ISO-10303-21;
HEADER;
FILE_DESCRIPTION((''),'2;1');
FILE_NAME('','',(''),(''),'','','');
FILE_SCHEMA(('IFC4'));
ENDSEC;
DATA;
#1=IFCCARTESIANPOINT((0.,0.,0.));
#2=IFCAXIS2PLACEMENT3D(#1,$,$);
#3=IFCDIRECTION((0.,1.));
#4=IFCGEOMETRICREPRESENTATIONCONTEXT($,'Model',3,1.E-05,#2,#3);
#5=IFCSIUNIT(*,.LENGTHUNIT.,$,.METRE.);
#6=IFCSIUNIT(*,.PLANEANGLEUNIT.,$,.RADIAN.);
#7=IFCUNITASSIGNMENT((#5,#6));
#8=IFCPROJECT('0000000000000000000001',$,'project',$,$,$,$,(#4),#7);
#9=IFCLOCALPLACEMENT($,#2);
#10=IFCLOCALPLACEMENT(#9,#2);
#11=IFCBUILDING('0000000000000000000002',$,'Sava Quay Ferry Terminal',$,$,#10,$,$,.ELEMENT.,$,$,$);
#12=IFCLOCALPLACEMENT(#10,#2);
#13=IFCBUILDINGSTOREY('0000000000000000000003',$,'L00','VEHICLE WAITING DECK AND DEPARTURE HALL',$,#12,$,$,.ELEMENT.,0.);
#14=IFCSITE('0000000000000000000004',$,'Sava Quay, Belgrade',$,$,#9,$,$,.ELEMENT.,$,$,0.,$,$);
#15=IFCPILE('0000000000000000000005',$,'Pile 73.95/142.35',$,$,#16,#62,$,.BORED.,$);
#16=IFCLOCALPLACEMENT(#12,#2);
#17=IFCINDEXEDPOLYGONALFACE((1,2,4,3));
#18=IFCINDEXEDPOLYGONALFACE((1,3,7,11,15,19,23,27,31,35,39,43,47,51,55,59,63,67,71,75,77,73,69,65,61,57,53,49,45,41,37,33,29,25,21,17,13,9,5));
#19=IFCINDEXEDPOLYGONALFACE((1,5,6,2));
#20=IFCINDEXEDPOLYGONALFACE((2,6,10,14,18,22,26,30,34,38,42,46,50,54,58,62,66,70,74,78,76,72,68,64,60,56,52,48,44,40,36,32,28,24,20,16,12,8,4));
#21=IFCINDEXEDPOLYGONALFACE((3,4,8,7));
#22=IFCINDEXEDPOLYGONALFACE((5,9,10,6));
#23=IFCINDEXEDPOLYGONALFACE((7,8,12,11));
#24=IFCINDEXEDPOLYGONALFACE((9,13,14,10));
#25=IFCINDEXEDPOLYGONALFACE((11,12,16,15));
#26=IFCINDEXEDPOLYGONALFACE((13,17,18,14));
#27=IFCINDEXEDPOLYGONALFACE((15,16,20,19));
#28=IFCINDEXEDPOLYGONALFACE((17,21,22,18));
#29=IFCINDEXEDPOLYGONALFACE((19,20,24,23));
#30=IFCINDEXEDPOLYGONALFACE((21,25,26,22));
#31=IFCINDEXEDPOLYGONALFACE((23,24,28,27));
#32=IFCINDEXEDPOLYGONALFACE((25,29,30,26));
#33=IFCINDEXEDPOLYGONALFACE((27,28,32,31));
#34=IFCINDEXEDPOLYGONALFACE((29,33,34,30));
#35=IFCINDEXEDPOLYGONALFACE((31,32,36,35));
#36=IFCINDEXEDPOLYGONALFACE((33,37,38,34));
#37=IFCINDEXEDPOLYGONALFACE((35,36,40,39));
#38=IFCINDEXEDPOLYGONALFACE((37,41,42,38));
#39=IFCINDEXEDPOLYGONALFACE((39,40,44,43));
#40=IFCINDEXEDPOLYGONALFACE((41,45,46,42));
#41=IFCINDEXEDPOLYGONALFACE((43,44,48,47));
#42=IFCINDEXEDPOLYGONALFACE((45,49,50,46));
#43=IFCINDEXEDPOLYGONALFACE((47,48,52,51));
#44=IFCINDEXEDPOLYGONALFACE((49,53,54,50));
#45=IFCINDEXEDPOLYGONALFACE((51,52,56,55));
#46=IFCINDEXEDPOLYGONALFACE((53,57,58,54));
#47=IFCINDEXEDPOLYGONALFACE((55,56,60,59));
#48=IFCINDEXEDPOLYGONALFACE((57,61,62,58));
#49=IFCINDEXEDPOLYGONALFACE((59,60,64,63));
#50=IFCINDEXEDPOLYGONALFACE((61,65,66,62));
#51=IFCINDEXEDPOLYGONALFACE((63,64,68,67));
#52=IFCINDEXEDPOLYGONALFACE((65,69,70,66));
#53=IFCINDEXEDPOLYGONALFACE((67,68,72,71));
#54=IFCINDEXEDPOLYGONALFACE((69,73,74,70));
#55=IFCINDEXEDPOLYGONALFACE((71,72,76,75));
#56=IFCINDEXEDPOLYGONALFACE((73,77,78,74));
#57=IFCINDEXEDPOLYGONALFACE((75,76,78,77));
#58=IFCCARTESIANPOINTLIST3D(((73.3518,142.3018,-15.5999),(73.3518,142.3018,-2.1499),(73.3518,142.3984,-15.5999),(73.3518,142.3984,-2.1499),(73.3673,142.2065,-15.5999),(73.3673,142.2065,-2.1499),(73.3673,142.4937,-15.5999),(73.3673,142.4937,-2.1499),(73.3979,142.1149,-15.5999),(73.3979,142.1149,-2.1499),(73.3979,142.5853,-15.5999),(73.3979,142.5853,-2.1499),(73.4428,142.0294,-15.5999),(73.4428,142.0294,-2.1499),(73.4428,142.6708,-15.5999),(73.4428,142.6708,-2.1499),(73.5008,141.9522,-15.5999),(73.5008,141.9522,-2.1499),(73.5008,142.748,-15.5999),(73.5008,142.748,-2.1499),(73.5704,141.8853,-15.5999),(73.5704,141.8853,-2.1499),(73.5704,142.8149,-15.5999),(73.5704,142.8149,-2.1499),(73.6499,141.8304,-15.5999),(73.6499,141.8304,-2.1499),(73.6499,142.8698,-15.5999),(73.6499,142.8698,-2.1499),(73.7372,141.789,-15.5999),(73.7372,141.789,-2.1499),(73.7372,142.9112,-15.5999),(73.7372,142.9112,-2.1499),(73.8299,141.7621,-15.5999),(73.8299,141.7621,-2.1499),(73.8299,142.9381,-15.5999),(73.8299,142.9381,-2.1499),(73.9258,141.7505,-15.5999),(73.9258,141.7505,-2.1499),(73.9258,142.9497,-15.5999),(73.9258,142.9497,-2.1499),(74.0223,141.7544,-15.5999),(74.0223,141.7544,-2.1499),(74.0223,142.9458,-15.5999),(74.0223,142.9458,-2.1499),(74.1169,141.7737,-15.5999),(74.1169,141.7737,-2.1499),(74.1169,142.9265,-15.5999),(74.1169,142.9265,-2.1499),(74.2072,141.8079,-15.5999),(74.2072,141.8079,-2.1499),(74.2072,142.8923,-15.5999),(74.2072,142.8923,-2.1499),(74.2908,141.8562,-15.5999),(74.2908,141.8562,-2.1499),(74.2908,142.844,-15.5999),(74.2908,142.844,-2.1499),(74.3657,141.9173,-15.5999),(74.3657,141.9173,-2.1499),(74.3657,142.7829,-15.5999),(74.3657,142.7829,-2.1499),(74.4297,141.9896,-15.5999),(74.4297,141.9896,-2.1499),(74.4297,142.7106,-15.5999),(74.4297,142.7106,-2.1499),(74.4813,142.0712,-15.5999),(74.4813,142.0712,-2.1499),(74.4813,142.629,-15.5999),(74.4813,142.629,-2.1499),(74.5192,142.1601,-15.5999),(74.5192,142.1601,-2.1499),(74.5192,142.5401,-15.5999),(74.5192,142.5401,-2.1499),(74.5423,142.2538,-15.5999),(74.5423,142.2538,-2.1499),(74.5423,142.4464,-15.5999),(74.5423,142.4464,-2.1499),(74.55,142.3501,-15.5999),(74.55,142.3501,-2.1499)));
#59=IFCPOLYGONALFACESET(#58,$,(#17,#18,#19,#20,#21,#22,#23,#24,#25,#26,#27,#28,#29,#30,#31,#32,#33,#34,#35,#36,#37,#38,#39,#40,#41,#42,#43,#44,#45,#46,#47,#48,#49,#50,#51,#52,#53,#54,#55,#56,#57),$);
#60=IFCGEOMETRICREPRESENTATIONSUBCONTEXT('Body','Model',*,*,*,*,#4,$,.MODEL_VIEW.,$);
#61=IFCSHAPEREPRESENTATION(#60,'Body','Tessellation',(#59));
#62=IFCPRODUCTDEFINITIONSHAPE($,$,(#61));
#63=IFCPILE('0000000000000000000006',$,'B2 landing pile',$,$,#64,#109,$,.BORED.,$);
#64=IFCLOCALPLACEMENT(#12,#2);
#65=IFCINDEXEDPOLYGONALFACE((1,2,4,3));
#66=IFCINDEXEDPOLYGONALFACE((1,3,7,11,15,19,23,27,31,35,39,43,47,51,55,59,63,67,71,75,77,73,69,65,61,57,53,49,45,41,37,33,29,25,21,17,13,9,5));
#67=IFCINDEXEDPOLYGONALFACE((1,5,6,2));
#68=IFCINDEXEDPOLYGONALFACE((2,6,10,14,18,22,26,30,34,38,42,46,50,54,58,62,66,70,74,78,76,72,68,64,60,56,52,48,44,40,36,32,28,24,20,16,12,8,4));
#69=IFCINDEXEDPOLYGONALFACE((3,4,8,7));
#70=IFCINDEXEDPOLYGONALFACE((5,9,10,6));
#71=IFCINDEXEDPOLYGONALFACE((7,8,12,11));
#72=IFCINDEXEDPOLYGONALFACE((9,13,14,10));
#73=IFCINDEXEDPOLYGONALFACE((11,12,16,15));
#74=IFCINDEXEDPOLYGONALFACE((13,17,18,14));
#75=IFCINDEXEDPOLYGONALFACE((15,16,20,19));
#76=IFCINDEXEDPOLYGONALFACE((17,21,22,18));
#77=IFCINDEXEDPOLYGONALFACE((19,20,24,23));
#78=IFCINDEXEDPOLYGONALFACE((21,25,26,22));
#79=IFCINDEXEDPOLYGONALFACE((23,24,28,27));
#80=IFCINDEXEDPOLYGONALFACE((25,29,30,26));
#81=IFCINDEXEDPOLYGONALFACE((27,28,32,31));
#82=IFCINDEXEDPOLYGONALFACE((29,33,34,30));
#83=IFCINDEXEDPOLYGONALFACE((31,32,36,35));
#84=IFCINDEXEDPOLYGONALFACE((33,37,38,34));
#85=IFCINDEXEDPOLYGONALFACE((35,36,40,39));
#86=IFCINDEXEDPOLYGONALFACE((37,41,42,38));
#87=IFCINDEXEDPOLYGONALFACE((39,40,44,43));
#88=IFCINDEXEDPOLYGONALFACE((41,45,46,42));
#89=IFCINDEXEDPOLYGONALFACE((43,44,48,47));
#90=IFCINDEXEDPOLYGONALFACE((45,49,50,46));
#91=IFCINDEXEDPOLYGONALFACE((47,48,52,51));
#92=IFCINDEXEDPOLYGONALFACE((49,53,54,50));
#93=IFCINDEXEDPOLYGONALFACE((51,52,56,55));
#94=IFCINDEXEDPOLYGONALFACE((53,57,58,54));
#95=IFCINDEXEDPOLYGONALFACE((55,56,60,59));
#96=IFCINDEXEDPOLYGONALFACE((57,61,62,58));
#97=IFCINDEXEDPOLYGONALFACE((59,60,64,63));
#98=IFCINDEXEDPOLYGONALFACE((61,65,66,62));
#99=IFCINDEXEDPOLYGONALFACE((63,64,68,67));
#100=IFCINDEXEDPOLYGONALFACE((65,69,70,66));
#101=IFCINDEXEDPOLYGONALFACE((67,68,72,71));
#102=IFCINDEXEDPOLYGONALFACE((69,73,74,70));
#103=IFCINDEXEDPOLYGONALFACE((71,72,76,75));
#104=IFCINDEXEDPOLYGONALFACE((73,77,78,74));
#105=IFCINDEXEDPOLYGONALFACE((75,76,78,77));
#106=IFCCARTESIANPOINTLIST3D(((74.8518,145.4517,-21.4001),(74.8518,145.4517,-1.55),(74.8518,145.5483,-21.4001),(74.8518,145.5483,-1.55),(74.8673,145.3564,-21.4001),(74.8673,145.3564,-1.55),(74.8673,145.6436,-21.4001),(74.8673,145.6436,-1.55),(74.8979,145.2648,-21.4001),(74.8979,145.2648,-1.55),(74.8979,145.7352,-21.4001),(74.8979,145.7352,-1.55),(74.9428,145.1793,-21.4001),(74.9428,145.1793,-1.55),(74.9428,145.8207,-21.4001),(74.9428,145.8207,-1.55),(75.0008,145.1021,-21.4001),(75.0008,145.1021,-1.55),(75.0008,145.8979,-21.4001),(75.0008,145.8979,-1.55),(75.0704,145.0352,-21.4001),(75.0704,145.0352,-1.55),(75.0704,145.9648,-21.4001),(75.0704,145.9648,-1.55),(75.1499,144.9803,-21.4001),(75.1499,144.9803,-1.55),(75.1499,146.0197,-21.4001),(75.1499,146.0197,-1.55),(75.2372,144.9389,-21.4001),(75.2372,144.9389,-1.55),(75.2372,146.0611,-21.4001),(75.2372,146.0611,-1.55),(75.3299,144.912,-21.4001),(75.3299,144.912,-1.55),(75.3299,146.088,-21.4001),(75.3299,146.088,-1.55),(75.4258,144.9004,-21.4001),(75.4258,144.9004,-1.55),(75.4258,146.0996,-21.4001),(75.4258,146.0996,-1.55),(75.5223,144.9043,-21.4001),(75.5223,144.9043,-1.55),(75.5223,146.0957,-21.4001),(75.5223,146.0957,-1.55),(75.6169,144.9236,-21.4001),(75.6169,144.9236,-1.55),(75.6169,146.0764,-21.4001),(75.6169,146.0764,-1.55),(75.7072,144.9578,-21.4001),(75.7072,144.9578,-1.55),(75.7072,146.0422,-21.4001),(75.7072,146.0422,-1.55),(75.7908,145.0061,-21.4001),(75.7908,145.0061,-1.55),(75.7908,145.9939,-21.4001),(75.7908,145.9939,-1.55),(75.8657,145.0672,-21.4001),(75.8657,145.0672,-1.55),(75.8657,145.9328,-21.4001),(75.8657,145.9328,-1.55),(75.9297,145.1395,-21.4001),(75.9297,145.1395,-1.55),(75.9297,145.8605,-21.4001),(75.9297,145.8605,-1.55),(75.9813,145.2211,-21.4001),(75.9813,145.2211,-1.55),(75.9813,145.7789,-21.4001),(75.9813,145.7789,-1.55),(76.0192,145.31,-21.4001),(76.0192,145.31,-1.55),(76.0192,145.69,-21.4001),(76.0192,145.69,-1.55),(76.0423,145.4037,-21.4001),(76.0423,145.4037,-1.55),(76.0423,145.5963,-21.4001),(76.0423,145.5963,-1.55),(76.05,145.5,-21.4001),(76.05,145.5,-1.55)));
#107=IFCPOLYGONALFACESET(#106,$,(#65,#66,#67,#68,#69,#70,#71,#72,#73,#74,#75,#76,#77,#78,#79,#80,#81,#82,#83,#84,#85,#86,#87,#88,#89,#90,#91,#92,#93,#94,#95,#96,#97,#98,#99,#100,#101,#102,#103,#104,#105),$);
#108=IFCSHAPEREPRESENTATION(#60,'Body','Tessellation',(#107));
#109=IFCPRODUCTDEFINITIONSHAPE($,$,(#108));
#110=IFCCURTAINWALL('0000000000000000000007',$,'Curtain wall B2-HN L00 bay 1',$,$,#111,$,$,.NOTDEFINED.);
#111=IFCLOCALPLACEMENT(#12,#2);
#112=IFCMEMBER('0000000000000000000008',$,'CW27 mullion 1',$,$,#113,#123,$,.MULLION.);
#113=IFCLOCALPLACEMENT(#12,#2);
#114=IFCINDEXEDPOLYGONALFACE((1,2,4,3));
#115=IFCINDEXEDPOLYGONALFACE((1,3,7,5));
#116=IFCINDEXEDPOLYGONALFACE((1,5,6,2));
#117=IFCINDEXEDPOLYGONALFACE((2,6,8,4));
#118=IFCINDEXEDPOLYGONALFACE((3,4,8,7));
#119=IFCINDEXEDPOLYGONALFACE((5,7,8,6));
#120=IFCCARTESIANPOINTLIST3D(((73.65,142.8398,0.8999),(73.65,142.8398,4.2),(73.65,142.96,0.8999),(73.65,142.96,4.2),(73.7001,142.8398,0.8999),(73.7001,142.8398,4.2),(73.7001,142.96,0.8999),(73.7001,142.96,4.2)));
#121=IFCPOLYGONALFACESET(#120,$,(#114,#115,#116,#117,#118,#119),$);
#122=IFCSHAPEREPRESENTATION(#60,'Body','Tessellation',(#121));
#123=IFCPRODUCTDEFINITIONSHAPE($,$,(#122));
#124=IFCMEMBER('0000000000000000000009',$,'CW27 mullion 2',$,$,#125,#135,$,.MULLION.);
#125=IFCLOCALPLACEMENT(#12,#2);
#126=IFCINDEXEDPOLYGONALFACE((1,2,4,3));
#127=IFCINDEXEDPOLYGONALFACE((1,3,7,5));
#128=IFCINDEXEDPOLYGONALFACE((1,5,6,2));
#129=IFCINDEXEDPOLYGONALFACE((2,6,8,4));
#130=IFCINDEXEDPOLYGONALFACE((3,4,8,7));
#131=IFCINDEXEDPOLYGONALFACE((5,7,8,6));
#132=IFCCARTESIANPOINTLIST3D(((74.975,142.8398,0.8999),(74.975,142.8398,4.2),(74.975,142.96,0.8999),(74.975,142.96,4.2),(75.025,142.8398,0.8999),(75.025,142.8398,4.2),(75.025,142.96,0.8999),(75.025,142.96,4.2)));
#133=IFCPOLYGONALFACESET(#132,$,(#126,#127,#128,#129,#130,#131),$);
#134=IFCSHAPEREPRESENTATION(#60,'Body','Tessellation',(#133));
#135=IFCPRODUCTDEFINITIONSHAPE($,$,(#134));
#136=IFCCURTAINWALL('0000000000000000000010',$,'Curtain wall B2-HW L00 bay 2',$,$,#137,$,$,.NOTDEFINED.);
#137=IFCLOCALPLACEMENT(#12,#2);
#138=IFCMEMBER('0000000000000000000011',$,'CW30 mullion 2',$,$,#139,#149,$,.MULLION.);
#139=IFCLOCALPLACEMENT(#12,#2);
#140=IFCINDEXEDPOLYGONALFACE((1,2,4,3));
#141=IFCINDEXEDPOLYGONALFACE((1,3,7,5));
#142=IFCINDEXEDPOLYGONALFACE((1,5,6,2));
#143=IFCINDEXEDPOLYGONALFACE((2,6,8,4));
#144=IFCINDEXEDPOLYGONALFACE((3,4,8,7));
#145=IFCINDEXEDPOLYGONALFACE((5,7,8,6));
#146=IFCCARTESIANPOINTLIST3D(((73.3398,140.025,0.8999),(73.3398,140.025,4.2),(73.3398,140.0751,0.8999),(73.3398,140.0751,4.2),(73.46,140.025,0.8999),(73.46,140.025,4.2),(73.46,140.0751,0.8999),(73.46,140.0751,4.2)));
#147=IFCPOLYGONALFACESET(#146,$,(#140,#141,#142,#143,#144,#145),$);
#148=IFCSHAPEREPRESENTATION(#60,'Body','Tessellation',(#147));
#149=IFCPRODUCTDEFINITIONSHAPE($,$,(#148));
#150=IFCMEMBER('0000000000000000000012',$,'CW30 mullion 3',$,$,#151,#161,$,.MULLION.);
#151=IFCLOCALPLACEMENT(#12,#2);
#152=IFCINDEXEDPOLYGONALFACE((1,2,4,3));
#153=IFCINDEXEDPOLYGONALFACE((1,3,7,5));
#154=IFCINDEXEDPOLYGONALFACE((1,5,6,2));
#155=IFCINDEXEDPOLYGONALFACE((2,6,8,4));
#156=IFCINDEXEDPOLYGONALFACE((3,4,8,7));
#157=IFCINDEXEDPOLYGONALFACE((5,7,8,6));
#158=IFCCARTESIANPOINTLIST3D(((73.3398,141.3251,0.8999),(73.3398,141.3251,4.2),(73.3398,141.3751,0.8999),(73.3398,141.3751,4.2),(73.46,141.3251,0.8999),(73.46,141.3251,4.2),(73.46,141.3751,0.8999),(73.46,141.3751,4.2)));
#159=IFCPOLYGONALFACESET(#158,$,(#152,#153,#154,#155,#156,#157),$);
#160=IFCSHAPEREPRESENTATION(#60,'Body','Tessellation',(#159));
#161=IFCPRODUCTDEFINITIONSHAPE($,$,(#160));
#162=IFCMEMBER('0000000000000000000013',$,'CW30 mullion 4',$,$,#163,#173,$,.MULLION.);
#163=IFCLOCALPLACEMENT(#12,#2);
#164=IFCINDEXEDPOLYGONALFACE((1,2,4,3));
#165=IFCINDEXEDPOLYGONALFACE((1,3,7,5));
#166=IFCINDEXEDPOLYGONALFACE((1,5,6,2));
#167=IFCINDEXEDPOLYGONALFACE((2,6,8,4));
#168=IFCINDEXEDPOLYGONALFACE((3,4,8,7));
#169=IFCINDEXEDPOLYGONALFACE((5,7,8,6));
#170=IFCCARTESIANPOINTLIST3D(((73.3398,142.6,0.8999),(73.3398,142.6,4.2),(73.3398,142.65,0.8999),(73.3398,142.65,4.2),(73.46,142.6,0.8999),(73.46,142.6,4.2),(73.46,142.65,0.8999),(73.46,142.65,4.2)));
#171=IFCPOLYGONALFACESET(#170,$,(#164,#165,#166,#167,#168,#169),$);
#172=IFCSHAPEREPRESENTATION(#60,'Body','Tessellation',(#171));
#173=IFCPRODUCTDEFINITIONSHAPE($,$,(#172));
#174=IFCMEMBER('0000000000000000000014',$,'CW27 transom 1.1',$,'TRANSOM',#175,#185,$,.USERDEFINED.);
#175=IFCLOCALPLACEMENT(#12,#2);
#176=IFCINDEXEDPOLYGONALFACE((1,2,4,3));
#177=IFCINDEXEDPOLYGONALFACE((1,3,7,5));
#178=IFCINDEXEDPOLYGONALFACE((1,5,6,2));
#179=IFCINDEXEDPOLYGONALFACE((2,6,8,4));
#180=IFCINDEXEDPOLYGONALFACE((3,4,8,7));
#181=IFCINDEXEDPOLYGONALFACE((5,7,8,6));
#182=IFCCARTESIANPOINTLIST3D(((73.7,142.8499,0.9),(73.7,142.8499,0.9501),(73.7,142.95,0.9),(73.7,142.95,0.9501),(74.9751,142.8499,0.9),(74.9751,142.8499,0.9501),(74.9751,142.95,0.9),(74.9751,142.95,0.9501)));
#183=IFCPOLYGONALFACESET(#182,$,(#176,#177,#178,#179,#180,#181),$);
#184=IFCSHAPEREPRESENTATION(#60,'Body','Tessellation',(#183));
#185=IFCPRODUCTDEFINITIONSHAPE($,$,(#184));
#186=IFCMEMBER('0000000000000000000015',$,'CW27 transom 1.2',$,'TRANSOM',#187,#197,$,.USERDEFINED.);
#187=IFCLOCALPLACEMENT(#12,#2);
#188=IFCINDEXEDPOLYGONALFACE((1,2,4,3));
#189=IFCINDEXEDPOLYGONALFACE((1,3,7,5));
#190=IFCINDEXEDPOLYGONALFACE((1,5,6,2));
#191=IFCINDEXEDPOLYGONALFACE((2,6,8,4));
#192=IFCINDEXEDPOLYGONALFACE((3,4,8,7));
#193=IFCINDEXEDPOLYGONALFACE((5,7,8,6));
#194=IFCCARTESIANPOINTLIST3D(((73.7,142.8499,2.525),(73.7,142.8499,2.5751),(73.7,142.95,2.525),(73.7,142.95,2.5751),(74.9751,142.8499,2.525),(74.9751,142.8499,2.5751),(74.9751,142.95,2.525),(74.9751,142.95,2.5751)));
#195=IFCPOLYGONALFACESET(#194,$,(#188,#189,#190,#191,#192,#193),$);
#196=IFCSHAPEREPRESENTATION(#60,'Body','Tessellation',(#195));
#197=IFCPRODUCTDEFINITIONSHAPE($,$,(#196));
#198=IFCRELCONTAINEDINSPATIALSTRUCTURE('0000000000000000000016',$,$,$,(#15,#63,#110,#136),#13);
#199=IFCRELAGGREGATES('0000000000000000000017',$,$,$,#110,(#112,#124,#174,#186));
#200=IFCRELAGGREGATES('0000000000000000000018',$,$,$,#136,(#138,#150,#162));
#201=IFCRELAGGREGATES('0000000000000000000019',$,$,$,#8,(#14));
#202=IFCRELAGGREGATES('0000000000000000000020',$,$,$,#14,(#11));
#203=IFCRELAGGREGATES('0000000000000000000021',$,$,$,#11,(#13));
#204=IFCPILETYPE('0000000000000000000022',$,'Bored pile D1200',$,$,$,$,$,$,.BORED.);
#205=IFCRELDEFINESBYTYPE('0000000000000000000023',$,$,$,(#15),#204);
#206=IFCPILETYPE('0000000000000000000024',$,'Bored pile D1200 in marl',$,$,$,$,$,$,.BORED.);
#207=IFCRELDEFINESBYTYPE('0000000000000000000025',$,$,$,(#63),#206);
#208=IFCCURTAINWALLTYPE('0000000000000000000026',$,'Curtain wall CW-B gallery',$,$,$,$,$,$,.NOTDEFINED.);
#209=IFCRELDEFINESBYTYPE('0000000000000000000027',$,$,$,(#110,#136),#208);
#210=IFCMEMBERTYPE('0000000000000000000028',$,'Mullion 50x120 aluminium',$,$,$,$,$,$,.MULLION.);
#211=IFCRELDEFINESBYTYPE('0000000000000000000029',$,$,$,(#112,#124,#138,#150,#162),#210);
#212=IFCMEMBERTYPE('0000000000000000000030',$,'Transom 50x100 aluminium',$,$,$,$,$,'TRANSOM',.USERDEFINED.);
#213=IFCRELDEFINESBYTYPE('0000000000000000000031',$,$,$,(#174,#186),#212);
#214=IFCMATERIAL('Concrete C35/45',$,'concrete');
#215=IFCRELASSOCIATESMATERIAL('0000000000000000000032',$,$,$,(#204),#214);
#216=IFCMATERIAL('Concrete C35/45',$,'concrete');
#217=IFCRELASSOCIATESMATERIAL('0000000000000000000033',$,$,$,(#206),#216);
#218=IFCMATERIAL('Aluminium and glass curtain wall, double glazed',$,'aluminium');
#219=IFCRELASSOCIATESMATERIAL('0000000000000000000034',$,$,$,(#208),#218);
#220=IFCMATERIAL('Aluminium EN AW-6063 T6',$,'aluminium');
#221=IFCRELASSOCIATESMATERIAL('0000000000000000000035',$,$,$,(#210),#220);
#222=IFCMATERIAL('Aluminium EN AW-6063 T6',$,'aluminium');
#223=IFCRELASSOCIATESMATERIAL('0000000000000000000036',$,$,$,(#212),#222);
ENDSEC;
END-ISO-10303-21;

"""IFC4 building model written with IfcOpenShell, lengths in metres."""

from ifc_helpers import new_model, si_unit, direction, frame, origin, origin_2d, place, context, subcontext, project, spatial, rectangle, circle, extrude, material, material_profile, profile_set, type_object, element, aggregate, save


model = new_model("IFC4")

# Units and contexts
model_context = context("Model", 3, precision=1e-05, world=origin(), true_north=direction((0.0, 1.0)))
body_context = subcontext(model_context, "Body", "Model", "MODEL_VIEW")
ifc_project = project(units=[si_unit("LENGTHUNIT", "METRE"), si_unit("PLANEANGLEUNIT", "RADIAN")], contexts=[model_context])

# Site, building, storey
site_placement = place(None, origin())
site = spatial("IfcSite", under=ifc_project, at=site_placement, Name="Sava Quay, Belgrade", CompositionType="ELEMENT", RefElevation=0.0)
building_placement = place(site_placement, origin())
building = spatial("IfcBuilding", under=site, at=building_placement, Name="Sava Quay Ferry Terminal", CompositionType="ELEMENT")
storey_placement = place(building_placement, origin())
storey = spatial("IfcBuildingStorey", under=building, at=storey_placement, Name="L00", Description="VEHICLE WAITING DECK AND DEPARTURE HALL", CompositionType="ELEMENT", Elevation=0.0)

# Piles
ifc_material_1 = material(Name="Concrete C35/45", Category="concrete")
ifc_material_profile_1 = material_profile(ifc_material_1, circle(Radius=0.6001, at=origin_2d()), Name="Bored pile D1200")
ifc_profile_set_1 = profile_set([ifc_material_profile_1], Name="Concrete C35/45")
pile_type_1 = type_object("IfcPileType", Name="Bored pile D1200", PredefinedType="BORED", material=ifc_profile_set_1)
pile_1_placement = place(storey_placement, frame((73.95, 142.3501, -2.1499), z_axis=(0.0, 0.0, -1.0), x_axis=(1.0, 0.0, 0.0)))
element("IfcPile", 1, at=pile_1_placement, inside=storey, type_object=pile_type_1, Name="Pile 73.95/142.35", PredefinedType="BORED", context=body_context, shape_type="SweptSolid", body=[
    extrude(circle(Radius=0.6001, at=origin_2d()), origin(), (0.0, 0.0, 1.0), 13.45),
])
ifc_material_2 = material(Name="Concrete C35/45", Category="concrete")
ifc_material_profile_2 = material_profile(ifc_material_2, circle(Radius=0.6001, at=origin_2d()), Name="Bored pile D1200 in marl")
ifc_profile_set_2 = profile_set([ifc_material_profile_2], Name="Concrete C35/45")
pile_type_2 = type_object("IfcPileType", Name="Bored pile D1200 in marl", PredefinedType="BORED", material=ifc_profile_set_2)
pile_2_placement = place(storey_placement, frame((75.45, 145.5, -1.55), z_axis=(0.0, 0.0, -1.0), x_axis=(1.0, 0.0, 0.0)))
element("IfcPile", 2, at=pile_2_placement, inside=storey, type_object=pile_type_2, Name="B2 landing pile", PredefinedType="BORED", context=body_context, shape_type="SweptSolid", body=[
    extrude(circle(Radius=0.6001, at=origin_2d()), origin(), (0.0, 0.0, 1.0), 19.8501),
])

# Curtain walls, members
ifc_material_3 = material(Name="Aluminium and glass curtain wall, double glazed", Category="aluminium")
curtain_wall_type = type_object("IfcCurtainWallType", Name="Curtain wall CW-B gallery", PredefinedType="NOTDEFINED", material=ifc_material_3)
curtain_wall_1_placement = place(storey_placement, origin())
curtain_wall_1 = element("IfcCurtainWall", 3, at=curtain_wall_1_placement, inside=storey, type_object=curtain_wall_type, Name="Curtain wall B2-HN L00 bay 1", PredefinedType="NOTDEFINED")
ifc_material_4 = material(Name="Aluminium EN AW-6063 T6", Category="aluminium")
ifc_material_profile_3 = material_profile(ifc_material_4, rectangle(XDim=0.1201, YDim=0.05, at=origin_2d()), Name="Mullion 50x120 aluminium")
ifc_profile_set_3 = profile_set([ifc_material_profile_3], Name="Aluminium EN AW-6063 T6")
member_type_1 = type_object("IfcMemberType", Name="Mullion 50x120 aluminium", PredefinedType="MULLION", material=ifc_profile_set_3)
member_1_placement = place(storey_placement, frame((73.675, 142.8999, 0.8999), z_axis=(0.0, 0.0, 1.0), x_axis=(0.0, 1.0, 0.0)))
member_1 = element("IfcMember", 4, at=member_1_placement, type_object=member_type_1, Name="CW27 mullion 1", PredefinedType="MULLION", context=body_context, shape_type="SweptSolid", body=[
    extrude(rectangle(XDim=0.1201, YDim=0.05, at=origin_2d()), origin(), (0.0, 0.0, 1.0), 3.3),
])
member_2_placement = place(storey_placement, frame((75.0, 142.8999, 0.8999), z_axis=(0.0, 0.0, 1.0), x_axis=(0.0, 1.0, 0.0)))
member_2 = element("IfcMember", 5, at=member_2_placement, type_object=member_type_1, Name="CW27 mullion 2", PredefinedType="MULLION", context=body_context, shape_type="SweptSolid", body=[
    extrude(rectangle(XDim=0.1201, YDim=0.05, at=origin_2d()), origin(), (0.0, 0.0, 1.0), 3.3),
])
curtain_wall_2_placement = place(storey_placement, origin())
curtain_wall_2 = element("IfcCurtainWall", 6, at=curtain_wall_2_placement, inside=storey, type_object=curtain_wall_type, Name="Curtain wall B2-HW L00 bay 2", PredefinedType="NOTDEFINED")
member_3_placement = place(storey_placement, frame((73.3999, 140.05, 0.8999), z_axis=(0.0, 0.0, 1.0), x_axis=(-1.0, 0.0, 0.0)))
member_3 = element("IfcMember", 7, at=member_3_placement, type_object=member_type_1, Name="CW30 mullion 2", PredefinedType="MULLION", context=body_context, shape_type="SweptSolid", body=[
    extrude(rectangle(XDim=0.1201, YDim=0.05, at=origin_2d()), origin(), (0.0, 0.0, 1.0), 3.3),
])
member_4_placement = place(storey_placement, frame((73.3999, 141.3501, 0.8999), z_axis=(0.0, 0.0, 1.0), x_axis=(-1.0, 0.0, 0.0)))
member_4 = element("IfcMember", 8, at=member_4_placement, type_object=member_type_1, Name="CW30 mullion 3", PredefinedType="MULLION", context=body_context, shape_type="SweptSolid", body=[
    extrude(rectangle(XDim=0.1201, YDim=0.05, at=origin_2d()), origin(), (0.0, 0.0, 1.0), 3.3),
])
member_5_placement = place(storey_placement, frame((73.3999, 142.625, 0.8999), z_axis=(0.0, 0.0, 1.0), x_axis=(-1.0, 0.0, 0.0)))
member_5 = element("IfcMember", 9, at=member_5_placement, type_object=member_type_1, Name="CW30 mullion 4", PredefinedType="MULLION", context=body_context, shape_type="SweptSolid", body=[
    extrude(rectangle(XDim=0.1201, YDim=0.05, at=origin_2d()), origin(), (0.0, 0.0, 1.0), 3.3),
])

# Members
ifc_material_5 = material(Name="Aluminium EN AW-6063 T6", Category="aluminium")
ifc_material_profile_4 = material_profile(ifc_material_5, rectangle(XDim=0.1001, YDim=0.05, at=origin_2d()), Name="Transom 50x100 aluminium")
ifc_profile_set_4 = profile_set([ifc_material_profile_4], Name="Aluminium EN AW-6063 T6")
member_type_2 = type_object("IfcMemberType", Name="Transom 50x100 aluminium", ElementType="TRANSOM", PredefinedType="USERDEFINED", material=ifc_profile_set_4)
member_6_placement = place(storey_placement, frame((73.7, 142.8999, 0.925), z_axis=(1.0, 0.0, 0.0), x_axis=(0.0, 1.0, 0.0)))
member_6 = element("IfcMember", 10, at=member_6_placement, type_object=member_type_2, Name="CW27 transom 1.1", ObjectType="TRANSOM", PredefinedType="USERDEFINED", context=body_context, shape_type="SweptSolid", body=[
    extrude(rectangle(XDim=0.1001, YDim=0.05, at=origin_2d()), origin(), (0.0, 0.0, 1.0), 1.2751),
])
member_7_placement = place(storey_placement, frame((73.7, 142.8999, 2.55), z_axis=(1.0, 0.0, 0.0), x_axis=(0.0, 1.0, 0.0)))
member_7 = element("IfcMember", 11, at=member_7_placement, type_object=member_type_2, Name="CW27 transom 1.2", ObjectType="TRANSOM", PredefinedType="USERDEFINED", context=body_context, shape_type="SweptSolid", body=[
    extrude(rectangle(XDim=0.1001, YDim=0.05, at=origin_2d()), origin(), (0.0, 0.0, 1.0), 1.2751),
])

aggregate(curtain_wall_1, [member_1, member_2, member_6, member_7])
aggregate(curtain_wall_2, [member_3, member_4, member_5])

save(model, "model.ifc")
